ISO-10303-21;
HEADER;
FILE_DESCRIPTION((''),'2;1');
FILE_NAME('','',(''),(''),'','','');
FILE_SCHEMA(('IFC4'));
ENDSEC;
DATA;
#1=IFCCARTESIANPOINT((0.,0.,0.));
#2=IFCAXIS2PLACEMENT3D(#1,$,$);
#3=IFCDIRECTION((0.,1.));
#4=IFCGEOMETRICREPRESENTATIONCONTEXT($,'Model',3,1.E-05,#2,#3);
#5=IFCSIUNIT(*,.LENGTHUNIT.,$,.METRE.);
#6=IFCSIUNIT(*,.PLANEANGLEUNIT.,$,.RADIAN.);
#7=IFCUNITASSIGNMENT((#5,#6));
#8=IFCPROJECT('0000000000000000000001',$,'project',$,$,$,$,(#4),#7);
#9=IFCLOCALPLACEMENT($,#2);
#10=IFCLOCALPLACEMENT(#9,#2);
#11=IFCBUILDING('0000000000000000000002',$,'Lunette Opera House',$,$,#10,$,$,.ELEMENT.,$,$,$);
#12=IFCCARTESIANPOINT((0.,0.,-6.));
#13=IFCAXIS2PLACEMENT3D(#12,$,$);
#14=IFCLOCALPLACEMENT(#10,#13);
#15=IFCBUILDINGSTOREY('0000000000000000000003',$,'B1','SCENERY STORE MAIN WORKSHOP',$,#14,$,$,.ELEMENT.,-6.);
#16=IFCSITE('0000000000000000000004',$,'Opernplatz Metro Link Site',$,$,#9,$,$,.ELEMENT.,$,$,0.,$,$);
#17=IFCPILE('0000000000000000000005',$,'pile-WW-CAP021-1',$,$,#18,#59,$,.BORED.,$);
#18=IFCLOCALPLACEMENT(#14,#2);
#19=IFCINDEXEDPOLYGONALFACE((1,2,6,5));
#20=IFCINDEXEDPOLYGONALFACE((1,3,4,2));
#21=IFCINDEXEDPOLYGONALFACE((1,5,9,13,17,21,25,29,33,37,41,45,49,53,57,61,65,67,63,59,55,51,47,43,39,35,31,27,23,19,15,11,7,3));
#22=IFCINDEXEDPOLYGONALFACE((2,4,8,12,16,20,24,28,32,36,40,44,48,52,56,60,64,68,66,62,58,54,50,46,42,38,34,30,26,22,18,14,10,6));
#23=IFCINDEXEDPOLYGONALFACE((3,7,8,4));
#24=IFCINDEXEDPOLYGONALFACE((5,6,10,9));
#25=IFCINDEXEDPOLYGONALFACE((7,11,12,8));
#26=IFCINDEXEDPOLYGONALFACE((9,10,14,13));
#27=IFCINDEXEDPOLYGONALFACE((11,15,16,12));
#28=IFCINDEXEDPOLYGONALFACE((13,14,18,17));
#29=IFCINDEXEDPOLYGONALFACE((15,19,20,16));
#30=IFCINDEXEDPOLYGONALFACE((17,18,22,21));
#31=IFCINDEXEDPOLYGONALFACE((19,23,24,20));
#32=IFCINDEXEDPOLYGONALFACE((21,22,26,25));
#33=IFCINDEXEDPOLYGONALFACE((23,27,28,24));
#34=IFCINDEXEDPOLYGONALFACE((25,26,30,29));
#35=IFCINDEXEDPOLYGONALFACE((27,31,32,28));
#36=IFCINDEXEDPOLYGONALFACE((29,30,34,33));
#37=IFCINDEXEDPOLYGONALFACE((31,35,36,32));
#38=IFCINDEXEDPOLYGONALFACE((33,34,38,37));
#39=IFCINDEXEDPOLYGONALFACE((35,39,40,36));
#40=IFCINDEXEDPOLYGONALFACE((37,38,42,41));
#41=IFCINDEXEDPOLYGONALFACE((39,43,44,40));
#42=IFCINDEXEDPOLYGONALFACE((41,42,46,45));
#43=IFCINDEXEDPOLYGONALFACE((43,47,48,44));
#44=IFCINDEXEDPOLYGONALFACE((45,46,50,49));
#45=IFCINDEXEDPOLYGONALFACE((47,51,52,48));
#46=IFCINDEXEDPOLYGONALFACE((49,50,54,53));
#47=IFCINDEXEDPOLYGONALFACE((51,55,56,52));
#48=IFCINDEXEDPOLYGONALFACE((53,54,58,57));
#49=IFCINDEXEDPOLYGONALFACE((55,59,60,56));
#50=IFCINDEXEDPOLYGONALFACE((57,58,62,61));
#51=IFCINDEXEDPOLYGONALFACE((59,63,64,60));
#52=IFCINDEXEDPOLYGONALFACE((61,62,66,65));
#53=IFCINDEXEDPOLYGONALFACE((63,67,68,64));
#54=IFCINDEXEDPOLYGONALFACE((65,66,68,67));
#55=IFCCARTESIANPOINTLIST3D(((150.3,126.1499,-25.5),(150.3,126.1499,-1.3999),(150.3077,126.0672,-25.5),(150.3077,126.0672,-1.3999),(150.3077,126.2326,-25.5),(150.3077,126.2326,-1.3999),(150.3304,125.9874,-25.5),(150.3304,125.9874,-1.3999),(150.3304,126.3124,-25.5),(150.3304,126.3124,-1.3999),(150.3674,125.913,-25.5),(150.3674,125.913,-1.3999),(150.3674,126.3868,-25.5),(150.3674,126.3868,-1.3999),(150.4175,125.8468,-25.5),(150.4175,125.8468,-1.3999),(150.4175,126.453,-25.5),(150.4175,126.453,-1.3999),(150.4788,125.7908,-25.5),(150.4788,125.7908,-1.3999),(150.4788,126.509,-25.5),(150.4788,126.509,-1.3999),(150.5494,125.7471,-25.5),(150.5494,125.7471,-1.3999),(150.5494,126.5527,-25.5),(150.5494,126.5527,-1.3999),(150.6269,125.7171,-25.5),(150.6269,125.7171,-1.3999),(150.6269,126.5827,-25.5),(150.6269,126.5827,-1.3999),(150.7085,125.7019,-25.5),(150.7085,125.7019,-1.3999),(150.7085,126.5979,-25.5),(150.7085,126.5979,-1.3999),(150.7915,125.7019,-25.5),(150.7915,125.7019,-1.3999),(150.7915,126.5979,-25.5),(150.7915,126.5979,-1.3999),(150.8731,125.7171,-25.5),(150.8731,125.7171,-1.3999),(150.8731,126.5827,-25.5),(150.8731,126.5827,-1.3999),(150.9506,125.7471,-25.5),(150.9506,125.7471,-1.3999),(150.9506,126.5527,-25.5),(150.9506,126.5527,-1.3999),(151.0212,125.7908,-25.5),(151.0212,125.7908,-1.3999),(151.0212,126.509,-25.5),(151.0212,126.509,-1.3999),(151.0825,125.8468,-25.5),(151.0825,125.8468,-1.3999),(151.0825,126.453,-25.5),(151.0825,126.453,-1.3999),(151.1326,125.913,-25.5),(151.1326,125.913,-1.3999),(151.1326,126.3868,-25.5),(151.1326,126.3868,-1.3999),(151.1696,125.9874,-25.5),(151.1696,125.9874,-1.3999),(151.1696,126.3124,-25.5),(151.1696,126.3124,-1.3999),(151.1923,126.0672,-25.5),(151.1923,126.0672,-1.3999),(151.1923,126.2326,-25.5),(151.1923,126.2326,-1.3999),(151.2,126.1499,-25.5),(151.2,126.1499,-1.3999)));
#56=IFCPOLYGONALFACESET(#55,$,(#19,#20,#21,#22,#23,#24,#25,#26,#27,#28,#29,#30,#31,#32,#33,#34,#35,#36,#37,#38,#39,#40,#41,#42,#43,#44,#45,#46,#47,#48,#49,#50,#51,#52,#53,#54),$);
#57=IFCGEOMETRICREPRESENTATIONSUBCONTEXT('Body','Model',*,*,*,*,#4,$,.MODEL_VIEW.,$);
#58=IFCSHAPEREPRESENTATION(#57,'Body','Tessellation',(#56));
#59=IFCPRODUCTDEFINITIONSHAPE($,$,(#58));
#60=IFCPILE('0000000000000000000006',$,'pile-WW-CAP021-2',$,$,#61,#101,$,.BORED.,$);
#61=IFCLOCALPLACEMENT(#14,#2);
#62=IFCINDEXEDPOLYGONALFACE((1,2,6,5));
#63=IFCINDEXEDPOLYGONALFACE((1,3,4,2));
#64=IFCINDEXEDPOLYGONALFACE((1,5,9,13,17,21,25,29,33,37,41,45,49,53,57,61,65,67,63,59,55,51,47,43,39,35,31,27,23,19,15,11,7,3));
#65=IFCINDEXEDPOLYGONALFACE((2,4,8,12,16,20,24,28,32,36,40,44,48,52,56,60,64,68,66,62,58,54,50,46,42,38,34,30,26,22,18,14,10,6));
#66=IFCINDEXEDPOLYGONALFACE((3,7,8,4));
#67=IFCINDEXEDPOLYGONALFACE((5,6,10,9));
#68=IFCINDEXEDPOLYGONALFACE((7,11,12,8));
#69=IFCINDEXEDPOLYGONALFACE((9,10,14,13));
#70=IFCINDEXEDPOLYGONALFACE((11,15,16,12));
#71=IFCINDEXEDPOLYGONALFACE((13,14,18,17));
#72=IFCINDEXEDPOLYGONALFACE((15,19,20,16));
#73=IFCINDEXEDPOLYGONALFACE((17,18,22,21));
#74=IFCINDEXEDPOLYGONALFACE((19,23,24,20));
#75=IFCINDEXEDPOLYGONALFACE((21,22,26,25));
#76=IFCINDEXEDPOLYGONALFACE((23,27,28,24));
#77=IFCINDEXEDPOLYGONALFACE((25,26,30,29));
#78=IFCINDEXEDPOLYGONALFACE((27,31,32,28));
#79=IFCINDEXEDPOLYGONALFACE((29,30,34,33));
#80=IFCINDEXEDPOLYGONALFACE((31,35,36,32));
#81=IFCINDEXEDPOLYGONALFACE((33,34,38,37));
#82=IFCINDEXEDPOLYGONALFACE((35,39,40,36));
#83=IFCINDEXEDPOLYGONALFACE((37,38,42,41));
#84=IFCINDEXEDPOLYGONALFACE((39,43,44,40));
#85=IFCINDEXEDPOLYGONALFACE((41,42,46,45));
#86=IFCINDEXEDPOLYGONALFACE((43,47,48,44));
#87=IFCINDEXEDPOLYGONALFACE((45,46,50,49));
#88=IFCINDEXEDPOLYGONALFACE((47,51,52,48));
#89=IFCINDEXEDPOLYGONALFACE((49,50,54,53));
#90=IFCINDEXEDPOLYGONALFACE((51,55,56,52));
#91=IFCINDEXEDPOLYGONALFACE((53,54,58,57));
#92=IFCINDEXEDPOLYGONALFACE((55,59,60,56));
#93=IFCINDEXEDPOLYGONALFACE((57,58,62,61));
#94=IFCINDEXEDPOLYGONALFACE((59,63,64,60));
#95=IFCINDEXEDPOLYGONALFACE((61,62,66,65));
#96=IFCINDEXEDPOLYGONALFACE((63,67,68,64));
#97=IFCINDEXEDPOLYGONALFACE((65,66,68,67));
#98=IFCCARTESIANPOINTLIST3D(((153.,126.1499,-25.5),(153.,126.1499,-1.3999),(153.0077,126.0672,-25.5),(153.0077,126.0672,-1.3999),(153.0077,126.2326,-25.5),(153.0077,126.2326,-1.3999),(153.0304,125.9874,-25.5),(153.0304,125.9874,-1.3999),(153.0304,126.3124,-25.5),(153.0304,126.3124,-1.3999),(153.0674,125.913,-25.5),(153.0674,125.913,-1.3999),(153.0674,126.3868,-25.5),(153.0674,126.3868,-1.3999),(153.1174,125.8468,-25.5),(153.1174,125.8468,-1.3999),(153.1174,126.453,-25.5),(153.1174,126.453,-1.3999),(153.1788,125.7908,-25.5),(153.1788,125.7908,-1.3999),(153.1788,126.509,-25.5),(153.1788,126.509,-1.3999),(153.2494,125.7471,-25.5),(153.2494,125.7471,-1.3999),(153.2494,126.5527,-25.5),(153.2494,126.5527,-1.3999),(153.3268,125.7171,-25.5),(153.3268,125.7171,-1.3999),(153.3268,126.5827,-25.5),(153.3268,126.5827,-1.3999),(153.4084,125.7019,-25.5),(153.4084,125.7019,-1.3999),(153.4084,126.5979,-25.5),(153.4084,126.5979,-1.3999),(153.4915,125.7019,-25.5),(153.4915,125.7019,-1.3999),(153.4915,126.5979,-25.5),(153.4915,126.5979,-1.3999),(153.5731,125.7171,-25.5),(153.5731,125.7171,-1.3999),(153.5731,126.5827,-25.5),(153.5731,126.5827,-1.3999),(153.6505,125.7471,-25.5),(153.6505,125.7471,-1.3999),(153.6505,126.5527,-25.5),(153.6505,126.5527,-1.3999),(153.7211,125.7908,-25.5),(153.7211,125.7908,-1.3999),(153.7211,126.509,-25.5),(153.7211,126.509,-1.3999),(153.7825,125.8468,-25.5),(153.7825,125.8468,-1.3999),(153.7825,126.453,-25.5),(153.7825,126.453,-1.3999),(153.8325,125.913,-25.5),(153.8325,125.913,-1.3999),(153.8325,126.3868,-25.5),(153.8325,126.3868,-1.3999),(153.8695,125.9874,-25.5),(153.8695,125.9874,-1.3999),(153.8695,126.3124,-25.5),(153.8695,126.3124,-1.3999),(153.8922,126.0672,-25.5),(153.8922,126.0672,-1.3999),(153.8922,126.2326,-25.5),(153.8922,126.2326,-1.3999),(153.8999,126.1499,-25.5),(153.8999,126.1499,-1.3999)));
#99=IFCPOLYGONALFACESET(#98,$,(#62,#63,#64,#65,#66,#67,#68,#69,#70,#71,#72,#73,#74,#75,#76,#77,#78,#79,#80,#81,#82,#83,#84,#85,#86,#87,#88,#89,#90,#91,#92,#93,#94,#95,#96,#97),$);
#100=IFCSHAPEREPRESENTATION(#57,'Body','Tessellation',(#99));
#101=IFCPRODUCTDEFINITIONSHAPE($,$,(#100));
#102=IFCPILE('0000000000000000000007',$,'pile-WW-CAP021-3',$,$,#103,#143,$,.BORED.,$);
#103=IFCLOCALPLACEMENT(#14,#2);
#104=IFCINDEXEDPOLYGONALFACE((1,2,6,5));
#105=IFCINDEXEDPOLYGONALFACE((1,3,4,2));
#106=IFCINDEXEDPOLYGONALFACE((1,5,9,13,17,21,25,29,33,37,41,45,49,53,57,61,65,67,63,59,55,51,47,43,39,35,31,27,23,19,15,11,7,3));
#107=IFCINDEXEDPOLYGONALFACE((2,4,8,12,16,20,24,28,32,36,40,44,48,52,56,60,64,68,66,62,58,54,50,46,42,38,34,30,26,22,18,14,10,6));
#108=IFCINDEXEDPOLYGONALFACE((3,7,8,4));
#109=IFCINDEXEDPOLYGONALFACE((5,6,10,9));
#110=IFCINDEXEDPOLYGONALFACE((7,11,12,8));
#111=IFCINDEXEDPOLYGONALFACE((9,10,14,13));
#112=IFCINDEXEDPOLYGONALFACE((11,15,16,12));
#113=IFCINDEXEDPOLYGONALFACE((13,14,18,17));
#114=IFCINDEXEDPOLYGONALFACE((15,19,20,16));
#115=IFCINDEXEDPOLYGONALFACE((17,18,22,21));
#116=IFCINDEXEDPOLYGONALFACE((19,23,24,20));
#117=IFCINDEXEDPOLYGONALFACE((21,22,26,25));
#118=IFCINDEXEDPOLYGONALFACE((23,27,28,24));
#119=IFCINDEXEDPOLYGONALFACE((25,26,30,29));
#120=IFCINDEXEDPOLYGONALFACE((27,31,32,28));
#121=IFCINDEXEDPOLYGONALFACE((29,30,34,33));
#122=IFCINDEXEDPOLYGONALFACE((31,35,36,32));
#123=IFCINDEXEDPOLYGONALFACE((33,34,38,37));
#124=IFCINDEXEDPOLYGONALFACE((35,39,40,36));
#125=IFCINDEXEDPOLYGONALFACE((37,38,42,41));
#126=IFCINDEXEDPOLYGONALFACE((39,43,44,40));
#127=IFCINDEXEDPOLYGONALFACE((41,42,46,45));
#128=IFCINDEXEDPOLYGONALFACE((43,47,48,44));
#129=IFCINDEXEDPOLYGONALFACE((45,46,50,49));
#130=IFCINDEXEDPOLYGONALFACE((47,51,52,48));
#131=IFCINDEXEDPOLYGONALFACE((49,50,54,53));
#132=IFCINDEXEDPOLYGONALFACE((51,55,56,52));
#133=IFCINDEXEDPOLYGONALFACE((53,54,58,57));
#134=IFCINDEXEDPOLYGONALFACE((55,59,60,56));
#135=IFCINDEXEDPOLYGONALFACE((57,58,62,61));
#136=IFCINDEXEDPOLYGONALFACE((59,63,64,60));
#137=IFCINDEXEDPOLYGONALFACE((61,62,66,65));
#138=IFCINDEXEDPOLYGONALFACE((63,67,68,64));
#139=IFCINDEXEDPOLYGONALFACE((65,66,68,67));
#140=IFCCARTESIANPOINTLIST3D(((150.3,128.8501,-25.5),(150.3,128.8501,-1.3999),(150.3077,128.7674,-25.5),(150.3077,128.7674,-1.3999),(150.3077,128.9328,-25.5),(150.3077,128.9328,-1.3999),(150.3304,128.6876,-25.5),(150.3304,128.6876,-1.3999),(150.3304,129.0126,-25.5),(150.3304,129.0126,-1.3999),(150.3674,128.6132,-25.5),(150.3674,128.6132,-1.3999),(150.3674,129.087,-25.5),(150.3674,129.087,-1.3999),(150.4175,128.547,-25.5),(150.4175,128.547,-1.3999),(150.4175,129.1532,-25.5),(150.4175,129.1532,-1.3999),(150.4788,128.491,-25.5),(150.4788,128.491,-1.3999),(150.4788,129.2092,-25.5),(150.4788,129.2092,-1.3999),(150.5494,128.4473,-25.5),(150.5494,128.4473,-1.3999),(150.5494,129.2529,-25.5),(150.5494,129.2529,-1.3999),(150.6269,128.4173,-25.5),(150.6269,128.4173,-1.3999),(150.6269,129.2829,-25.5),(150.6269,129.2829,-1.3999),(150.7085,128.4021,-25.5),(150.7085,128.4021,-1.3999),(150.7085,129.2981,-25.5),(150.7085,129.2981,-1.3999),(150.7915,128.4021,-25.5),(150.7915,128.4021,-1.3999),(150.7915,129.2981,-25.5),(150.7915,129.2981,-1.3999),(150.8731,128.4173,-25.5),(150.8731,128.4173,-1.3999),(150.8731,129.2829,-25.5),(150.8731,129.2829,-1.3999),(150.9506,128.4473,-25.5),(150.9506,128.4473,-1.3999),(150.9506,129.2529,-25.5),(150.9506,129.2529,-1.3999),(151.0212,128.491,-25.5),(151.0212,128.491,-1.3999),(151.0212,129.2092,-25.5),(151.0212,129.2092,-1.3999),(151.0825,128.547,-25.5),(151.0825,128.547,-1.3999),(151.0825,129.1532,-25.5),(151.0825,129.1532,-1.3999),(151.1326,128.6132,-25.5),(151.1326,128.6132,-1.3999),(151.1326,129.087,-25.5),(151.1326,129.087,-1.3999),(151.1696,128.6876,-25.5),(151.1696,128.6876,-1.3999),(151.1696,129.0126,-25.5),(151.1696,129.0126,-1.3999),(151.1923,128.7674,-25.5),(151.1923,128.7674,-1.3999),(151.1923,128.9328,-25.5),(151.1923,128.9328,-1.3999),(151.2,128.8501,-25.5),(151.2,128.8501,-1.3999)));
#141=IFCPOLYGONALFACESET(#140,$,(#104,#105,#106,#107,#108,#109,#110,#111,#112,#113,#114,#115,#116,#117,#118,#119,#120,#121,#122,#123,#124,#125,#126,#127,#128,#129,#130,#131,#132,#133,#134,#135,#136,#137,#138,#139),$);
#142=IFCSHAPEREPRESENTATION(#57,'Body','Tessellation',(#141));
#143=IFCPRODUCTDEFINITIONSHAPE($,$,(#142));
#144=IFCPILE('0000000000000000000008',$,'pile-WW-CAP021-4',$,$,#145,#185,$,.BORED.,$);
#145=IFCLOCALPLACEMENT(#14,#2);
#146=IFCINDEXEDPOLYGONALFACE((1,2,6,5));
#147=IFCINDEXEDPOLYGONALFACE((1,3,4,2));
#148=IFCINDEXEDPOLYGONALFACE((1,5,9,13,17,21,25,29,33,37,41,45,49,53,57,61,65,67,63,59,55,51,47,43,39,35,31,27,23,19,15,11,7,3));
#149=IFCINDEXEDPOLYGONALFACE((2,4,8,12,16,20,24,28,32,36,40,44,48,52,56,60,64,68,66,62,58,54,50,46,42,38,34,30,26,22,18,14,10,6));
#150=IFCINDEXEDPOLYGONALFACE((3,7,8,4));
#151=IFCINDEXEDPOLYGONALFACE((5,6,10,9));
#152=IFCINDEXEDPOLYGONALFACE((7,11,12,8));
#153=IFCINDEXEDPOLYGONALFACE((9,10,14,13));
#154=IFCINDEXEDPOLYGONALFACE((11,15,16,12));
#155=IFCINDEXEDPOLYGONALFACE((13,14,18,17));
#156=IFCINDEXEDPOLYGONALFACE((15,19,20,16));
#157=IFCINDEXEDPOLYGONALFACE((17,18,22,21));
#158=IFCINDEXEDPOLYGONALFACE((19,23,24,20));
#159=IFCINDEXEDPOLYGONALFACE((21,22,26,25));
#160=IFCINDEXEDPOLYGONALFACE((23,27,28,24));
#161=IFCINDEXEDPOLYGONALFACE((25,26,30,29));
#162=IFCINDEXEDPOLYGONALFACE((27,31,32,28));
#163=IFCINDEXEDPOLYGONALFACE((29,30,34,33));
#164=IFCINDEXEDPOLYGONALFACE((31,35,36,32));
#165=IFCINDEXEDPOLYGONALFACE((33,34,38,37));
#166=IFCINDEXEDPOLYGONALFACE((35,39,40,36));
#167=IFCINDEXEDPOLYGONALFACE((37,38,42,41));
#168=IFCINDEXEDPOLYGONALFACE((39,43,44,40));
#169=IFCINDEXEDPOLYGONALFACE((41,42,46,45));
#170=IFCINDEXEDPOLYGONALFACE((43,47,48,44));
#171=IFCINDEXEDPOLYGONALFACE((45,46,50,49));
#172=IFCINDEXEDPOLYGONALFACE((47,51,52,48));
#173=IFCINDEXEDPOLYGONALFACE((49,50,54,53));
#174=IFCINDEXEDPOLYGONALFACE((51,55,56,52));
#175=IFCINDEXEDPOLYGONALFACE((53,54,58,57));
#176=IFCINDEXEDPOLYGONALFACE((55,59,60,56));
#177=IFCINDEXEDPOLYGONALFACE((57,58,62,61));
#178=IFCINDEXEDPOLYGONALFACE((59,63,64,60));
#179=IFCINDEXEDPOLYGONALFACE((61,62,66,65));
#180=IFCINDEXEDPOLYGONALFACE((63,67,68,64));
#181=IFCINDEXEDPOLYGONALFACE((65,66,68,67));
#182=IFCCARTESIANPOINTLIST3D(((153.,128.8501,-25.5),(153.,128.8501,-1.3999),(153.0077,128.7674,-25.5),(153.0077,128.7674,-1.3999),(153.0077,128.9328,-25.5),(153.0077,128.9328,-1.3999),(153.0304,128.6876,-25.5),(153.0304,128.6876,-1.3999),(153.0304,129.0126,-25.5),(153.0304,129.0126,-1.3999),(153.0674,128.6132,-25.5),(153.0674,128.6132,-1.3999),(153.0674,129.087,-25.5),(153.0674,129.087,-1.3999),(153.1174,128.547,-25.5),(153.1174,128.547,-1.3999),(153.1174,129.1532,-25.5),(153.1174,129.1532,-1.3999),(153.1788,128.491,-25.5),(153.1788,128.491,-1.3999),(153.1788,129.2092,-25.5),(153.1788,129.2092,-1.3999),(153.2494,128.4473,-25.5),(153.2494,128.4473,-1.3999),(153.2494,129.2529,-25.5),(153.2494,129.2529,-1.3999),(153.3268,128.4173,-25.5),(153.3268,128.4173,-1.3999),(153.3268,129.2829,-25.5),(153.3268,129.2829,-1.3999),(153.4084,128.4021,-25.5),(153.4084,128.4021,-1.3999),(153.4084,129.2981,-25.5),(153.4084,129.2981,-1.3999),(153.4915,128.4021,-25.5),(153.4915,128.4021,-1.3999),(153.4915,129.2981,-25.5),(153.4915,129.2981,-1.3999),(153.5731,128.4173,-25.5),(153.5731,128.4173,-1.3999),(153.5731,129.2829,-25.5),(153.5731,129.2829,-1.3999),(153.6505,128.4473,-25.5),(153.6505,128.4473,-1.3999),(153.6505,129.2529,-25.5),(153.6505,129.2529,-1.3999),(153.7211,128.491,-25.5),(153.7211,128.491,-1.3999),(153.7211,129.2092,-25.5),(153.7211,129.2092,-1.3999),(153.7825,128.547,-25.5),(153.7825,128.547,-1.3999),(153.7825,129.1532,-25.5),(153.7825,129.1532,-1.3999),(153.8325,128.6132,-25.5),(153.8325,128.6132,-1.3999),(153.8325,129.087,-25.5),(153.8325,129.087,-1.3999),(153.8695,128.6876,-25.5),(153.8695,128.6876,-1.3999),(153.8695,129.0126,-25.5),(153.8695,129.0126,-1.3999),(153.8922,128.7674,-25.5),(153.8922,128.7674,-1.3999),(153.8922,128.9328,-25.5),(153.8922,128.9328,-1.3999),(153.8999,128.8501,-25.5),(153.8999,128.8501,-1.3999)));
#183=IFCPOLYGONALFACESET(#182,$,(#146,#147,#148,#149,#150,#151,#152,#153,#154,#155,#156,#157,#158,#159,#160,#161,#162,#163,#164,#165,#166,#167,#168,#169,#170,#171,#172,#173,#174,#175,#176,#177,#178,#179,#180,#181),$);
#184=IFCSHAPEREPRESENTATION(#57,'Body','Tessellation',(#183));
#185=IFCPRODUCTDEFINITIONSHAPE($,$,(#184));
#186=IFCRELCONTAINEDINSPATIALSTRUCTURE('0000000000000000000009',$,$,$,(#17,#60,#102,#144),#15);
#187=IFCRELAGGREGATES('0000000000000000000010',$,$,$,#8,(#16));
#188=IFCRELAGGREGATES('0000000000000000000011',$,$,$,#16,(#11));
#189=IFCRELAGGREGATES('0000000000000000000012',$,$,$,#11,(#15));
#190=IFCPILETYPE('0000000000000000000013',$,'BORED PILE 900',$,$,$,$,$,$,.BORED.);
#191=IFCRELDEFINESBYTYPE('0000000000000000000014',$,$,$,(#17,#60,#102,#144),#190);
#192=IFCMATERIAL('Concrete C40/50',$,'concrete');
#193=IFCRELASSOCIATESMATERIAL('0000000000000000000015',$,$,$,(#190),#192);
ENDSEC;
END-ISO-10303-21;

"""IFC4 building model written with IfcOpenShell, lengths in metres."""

from ifc_helpers import new_model, si_unit, direction, frame, origin, origin_2d, place, context, subcontext, project, spatial, circle, extrude, material, material_profile, profile_set, type_object, element, save


model = new_model("IFC4")

# Units and contexts
model_context = context("Model", 3, precision=1e-05, world=origin(), true_north=direction((0.0, 1.0)))
body_context = subcontext(model_context, "Body", "Model", "MODEL_VIEW")
ifc_project = project(units=[si_unit("LENGTHUNIT", "METRE"), si_unit("PLANEANGLEUNIT", "RADIAN")], contexts=[model_context])

# Site, building, storey
site_placement = place(None, origin())
site = spatial("IfcSite", under=ifc_project, at=site_placement, Name="Opernplatz Metro Link Site", CompositionType="ELEMENT", RefElevation=0.0)
building_placement = place(site_placement, origin())
building = spatial("IfcBuilding", under=site, at=building_placement, Name="Lunette Opera House", CompositionType="ELEMENT")
storey_placement = place(building_placement, frame((0.0, 0.0, -6.0)))
storey = spatial("IfcBuildingStorey", under=building, at=storey_placement, Name="B1", Description="SCENERY STORE MAIN WORKSHOP", CompositionType="ELEMENT", Elevation=-6.0)

# Piles
ifc_material_1 = material(Name="Concrete C40/50", Category="concrete")
ifc_material_profile_1 = material_profile(ifc_material_1, circle(Radius=0.45, at=origin_2d()), Name="BORED PILE 900")
ifc_profile_set_1 = profile_set([ifc_material_profile_1], Name="Concrete C40/50")
pile_type = type_object("IfcPileType", Name="BORED PILE 900", PredefinedType="BORED", material=ifc_profile_set_1)
for number, where, z_axis, x_axis, name in (
    (1, (150.75, 126.1499, -1.3999), (0.0, 0.0, -1.0), (1.0, 0.0, 0.0), "pile-WW-CAP021-1"),
    (2, (153.45, 126.1499, -1.3999), (0.0, 0.0, -1.0), (1.0, 0.0, 0.0), "pile-WW-CAP021-2"),
    (3, (150.75, 128.8501, -1.3999), (0.0, 0.0, -1.0), (1.0, 0.0, 0.0), "pile-WW-CAP021-3"),
    (4, (153.45, 128.8501, -1.3999), (0.0, 0.0, -1.0), (1.0, 0.0, 0.0), "pile-WW-CAP021-4"),
):
    element("IfcPile", number, at=place(storey_placement, frame(where, z_axis=z_axis, x_axis=x_axis)), inside=storey, type_object=pile_type, Name=name, PredefinedType="BORED", context=body_context, shape_type="SweptSolid", body=[
        extrude(circle(Radius=0.45, at=origin_2d()), origin(), (0.0, 0.0, 1.0), 24.1001),
    ])

save(model, "model.ifc")
